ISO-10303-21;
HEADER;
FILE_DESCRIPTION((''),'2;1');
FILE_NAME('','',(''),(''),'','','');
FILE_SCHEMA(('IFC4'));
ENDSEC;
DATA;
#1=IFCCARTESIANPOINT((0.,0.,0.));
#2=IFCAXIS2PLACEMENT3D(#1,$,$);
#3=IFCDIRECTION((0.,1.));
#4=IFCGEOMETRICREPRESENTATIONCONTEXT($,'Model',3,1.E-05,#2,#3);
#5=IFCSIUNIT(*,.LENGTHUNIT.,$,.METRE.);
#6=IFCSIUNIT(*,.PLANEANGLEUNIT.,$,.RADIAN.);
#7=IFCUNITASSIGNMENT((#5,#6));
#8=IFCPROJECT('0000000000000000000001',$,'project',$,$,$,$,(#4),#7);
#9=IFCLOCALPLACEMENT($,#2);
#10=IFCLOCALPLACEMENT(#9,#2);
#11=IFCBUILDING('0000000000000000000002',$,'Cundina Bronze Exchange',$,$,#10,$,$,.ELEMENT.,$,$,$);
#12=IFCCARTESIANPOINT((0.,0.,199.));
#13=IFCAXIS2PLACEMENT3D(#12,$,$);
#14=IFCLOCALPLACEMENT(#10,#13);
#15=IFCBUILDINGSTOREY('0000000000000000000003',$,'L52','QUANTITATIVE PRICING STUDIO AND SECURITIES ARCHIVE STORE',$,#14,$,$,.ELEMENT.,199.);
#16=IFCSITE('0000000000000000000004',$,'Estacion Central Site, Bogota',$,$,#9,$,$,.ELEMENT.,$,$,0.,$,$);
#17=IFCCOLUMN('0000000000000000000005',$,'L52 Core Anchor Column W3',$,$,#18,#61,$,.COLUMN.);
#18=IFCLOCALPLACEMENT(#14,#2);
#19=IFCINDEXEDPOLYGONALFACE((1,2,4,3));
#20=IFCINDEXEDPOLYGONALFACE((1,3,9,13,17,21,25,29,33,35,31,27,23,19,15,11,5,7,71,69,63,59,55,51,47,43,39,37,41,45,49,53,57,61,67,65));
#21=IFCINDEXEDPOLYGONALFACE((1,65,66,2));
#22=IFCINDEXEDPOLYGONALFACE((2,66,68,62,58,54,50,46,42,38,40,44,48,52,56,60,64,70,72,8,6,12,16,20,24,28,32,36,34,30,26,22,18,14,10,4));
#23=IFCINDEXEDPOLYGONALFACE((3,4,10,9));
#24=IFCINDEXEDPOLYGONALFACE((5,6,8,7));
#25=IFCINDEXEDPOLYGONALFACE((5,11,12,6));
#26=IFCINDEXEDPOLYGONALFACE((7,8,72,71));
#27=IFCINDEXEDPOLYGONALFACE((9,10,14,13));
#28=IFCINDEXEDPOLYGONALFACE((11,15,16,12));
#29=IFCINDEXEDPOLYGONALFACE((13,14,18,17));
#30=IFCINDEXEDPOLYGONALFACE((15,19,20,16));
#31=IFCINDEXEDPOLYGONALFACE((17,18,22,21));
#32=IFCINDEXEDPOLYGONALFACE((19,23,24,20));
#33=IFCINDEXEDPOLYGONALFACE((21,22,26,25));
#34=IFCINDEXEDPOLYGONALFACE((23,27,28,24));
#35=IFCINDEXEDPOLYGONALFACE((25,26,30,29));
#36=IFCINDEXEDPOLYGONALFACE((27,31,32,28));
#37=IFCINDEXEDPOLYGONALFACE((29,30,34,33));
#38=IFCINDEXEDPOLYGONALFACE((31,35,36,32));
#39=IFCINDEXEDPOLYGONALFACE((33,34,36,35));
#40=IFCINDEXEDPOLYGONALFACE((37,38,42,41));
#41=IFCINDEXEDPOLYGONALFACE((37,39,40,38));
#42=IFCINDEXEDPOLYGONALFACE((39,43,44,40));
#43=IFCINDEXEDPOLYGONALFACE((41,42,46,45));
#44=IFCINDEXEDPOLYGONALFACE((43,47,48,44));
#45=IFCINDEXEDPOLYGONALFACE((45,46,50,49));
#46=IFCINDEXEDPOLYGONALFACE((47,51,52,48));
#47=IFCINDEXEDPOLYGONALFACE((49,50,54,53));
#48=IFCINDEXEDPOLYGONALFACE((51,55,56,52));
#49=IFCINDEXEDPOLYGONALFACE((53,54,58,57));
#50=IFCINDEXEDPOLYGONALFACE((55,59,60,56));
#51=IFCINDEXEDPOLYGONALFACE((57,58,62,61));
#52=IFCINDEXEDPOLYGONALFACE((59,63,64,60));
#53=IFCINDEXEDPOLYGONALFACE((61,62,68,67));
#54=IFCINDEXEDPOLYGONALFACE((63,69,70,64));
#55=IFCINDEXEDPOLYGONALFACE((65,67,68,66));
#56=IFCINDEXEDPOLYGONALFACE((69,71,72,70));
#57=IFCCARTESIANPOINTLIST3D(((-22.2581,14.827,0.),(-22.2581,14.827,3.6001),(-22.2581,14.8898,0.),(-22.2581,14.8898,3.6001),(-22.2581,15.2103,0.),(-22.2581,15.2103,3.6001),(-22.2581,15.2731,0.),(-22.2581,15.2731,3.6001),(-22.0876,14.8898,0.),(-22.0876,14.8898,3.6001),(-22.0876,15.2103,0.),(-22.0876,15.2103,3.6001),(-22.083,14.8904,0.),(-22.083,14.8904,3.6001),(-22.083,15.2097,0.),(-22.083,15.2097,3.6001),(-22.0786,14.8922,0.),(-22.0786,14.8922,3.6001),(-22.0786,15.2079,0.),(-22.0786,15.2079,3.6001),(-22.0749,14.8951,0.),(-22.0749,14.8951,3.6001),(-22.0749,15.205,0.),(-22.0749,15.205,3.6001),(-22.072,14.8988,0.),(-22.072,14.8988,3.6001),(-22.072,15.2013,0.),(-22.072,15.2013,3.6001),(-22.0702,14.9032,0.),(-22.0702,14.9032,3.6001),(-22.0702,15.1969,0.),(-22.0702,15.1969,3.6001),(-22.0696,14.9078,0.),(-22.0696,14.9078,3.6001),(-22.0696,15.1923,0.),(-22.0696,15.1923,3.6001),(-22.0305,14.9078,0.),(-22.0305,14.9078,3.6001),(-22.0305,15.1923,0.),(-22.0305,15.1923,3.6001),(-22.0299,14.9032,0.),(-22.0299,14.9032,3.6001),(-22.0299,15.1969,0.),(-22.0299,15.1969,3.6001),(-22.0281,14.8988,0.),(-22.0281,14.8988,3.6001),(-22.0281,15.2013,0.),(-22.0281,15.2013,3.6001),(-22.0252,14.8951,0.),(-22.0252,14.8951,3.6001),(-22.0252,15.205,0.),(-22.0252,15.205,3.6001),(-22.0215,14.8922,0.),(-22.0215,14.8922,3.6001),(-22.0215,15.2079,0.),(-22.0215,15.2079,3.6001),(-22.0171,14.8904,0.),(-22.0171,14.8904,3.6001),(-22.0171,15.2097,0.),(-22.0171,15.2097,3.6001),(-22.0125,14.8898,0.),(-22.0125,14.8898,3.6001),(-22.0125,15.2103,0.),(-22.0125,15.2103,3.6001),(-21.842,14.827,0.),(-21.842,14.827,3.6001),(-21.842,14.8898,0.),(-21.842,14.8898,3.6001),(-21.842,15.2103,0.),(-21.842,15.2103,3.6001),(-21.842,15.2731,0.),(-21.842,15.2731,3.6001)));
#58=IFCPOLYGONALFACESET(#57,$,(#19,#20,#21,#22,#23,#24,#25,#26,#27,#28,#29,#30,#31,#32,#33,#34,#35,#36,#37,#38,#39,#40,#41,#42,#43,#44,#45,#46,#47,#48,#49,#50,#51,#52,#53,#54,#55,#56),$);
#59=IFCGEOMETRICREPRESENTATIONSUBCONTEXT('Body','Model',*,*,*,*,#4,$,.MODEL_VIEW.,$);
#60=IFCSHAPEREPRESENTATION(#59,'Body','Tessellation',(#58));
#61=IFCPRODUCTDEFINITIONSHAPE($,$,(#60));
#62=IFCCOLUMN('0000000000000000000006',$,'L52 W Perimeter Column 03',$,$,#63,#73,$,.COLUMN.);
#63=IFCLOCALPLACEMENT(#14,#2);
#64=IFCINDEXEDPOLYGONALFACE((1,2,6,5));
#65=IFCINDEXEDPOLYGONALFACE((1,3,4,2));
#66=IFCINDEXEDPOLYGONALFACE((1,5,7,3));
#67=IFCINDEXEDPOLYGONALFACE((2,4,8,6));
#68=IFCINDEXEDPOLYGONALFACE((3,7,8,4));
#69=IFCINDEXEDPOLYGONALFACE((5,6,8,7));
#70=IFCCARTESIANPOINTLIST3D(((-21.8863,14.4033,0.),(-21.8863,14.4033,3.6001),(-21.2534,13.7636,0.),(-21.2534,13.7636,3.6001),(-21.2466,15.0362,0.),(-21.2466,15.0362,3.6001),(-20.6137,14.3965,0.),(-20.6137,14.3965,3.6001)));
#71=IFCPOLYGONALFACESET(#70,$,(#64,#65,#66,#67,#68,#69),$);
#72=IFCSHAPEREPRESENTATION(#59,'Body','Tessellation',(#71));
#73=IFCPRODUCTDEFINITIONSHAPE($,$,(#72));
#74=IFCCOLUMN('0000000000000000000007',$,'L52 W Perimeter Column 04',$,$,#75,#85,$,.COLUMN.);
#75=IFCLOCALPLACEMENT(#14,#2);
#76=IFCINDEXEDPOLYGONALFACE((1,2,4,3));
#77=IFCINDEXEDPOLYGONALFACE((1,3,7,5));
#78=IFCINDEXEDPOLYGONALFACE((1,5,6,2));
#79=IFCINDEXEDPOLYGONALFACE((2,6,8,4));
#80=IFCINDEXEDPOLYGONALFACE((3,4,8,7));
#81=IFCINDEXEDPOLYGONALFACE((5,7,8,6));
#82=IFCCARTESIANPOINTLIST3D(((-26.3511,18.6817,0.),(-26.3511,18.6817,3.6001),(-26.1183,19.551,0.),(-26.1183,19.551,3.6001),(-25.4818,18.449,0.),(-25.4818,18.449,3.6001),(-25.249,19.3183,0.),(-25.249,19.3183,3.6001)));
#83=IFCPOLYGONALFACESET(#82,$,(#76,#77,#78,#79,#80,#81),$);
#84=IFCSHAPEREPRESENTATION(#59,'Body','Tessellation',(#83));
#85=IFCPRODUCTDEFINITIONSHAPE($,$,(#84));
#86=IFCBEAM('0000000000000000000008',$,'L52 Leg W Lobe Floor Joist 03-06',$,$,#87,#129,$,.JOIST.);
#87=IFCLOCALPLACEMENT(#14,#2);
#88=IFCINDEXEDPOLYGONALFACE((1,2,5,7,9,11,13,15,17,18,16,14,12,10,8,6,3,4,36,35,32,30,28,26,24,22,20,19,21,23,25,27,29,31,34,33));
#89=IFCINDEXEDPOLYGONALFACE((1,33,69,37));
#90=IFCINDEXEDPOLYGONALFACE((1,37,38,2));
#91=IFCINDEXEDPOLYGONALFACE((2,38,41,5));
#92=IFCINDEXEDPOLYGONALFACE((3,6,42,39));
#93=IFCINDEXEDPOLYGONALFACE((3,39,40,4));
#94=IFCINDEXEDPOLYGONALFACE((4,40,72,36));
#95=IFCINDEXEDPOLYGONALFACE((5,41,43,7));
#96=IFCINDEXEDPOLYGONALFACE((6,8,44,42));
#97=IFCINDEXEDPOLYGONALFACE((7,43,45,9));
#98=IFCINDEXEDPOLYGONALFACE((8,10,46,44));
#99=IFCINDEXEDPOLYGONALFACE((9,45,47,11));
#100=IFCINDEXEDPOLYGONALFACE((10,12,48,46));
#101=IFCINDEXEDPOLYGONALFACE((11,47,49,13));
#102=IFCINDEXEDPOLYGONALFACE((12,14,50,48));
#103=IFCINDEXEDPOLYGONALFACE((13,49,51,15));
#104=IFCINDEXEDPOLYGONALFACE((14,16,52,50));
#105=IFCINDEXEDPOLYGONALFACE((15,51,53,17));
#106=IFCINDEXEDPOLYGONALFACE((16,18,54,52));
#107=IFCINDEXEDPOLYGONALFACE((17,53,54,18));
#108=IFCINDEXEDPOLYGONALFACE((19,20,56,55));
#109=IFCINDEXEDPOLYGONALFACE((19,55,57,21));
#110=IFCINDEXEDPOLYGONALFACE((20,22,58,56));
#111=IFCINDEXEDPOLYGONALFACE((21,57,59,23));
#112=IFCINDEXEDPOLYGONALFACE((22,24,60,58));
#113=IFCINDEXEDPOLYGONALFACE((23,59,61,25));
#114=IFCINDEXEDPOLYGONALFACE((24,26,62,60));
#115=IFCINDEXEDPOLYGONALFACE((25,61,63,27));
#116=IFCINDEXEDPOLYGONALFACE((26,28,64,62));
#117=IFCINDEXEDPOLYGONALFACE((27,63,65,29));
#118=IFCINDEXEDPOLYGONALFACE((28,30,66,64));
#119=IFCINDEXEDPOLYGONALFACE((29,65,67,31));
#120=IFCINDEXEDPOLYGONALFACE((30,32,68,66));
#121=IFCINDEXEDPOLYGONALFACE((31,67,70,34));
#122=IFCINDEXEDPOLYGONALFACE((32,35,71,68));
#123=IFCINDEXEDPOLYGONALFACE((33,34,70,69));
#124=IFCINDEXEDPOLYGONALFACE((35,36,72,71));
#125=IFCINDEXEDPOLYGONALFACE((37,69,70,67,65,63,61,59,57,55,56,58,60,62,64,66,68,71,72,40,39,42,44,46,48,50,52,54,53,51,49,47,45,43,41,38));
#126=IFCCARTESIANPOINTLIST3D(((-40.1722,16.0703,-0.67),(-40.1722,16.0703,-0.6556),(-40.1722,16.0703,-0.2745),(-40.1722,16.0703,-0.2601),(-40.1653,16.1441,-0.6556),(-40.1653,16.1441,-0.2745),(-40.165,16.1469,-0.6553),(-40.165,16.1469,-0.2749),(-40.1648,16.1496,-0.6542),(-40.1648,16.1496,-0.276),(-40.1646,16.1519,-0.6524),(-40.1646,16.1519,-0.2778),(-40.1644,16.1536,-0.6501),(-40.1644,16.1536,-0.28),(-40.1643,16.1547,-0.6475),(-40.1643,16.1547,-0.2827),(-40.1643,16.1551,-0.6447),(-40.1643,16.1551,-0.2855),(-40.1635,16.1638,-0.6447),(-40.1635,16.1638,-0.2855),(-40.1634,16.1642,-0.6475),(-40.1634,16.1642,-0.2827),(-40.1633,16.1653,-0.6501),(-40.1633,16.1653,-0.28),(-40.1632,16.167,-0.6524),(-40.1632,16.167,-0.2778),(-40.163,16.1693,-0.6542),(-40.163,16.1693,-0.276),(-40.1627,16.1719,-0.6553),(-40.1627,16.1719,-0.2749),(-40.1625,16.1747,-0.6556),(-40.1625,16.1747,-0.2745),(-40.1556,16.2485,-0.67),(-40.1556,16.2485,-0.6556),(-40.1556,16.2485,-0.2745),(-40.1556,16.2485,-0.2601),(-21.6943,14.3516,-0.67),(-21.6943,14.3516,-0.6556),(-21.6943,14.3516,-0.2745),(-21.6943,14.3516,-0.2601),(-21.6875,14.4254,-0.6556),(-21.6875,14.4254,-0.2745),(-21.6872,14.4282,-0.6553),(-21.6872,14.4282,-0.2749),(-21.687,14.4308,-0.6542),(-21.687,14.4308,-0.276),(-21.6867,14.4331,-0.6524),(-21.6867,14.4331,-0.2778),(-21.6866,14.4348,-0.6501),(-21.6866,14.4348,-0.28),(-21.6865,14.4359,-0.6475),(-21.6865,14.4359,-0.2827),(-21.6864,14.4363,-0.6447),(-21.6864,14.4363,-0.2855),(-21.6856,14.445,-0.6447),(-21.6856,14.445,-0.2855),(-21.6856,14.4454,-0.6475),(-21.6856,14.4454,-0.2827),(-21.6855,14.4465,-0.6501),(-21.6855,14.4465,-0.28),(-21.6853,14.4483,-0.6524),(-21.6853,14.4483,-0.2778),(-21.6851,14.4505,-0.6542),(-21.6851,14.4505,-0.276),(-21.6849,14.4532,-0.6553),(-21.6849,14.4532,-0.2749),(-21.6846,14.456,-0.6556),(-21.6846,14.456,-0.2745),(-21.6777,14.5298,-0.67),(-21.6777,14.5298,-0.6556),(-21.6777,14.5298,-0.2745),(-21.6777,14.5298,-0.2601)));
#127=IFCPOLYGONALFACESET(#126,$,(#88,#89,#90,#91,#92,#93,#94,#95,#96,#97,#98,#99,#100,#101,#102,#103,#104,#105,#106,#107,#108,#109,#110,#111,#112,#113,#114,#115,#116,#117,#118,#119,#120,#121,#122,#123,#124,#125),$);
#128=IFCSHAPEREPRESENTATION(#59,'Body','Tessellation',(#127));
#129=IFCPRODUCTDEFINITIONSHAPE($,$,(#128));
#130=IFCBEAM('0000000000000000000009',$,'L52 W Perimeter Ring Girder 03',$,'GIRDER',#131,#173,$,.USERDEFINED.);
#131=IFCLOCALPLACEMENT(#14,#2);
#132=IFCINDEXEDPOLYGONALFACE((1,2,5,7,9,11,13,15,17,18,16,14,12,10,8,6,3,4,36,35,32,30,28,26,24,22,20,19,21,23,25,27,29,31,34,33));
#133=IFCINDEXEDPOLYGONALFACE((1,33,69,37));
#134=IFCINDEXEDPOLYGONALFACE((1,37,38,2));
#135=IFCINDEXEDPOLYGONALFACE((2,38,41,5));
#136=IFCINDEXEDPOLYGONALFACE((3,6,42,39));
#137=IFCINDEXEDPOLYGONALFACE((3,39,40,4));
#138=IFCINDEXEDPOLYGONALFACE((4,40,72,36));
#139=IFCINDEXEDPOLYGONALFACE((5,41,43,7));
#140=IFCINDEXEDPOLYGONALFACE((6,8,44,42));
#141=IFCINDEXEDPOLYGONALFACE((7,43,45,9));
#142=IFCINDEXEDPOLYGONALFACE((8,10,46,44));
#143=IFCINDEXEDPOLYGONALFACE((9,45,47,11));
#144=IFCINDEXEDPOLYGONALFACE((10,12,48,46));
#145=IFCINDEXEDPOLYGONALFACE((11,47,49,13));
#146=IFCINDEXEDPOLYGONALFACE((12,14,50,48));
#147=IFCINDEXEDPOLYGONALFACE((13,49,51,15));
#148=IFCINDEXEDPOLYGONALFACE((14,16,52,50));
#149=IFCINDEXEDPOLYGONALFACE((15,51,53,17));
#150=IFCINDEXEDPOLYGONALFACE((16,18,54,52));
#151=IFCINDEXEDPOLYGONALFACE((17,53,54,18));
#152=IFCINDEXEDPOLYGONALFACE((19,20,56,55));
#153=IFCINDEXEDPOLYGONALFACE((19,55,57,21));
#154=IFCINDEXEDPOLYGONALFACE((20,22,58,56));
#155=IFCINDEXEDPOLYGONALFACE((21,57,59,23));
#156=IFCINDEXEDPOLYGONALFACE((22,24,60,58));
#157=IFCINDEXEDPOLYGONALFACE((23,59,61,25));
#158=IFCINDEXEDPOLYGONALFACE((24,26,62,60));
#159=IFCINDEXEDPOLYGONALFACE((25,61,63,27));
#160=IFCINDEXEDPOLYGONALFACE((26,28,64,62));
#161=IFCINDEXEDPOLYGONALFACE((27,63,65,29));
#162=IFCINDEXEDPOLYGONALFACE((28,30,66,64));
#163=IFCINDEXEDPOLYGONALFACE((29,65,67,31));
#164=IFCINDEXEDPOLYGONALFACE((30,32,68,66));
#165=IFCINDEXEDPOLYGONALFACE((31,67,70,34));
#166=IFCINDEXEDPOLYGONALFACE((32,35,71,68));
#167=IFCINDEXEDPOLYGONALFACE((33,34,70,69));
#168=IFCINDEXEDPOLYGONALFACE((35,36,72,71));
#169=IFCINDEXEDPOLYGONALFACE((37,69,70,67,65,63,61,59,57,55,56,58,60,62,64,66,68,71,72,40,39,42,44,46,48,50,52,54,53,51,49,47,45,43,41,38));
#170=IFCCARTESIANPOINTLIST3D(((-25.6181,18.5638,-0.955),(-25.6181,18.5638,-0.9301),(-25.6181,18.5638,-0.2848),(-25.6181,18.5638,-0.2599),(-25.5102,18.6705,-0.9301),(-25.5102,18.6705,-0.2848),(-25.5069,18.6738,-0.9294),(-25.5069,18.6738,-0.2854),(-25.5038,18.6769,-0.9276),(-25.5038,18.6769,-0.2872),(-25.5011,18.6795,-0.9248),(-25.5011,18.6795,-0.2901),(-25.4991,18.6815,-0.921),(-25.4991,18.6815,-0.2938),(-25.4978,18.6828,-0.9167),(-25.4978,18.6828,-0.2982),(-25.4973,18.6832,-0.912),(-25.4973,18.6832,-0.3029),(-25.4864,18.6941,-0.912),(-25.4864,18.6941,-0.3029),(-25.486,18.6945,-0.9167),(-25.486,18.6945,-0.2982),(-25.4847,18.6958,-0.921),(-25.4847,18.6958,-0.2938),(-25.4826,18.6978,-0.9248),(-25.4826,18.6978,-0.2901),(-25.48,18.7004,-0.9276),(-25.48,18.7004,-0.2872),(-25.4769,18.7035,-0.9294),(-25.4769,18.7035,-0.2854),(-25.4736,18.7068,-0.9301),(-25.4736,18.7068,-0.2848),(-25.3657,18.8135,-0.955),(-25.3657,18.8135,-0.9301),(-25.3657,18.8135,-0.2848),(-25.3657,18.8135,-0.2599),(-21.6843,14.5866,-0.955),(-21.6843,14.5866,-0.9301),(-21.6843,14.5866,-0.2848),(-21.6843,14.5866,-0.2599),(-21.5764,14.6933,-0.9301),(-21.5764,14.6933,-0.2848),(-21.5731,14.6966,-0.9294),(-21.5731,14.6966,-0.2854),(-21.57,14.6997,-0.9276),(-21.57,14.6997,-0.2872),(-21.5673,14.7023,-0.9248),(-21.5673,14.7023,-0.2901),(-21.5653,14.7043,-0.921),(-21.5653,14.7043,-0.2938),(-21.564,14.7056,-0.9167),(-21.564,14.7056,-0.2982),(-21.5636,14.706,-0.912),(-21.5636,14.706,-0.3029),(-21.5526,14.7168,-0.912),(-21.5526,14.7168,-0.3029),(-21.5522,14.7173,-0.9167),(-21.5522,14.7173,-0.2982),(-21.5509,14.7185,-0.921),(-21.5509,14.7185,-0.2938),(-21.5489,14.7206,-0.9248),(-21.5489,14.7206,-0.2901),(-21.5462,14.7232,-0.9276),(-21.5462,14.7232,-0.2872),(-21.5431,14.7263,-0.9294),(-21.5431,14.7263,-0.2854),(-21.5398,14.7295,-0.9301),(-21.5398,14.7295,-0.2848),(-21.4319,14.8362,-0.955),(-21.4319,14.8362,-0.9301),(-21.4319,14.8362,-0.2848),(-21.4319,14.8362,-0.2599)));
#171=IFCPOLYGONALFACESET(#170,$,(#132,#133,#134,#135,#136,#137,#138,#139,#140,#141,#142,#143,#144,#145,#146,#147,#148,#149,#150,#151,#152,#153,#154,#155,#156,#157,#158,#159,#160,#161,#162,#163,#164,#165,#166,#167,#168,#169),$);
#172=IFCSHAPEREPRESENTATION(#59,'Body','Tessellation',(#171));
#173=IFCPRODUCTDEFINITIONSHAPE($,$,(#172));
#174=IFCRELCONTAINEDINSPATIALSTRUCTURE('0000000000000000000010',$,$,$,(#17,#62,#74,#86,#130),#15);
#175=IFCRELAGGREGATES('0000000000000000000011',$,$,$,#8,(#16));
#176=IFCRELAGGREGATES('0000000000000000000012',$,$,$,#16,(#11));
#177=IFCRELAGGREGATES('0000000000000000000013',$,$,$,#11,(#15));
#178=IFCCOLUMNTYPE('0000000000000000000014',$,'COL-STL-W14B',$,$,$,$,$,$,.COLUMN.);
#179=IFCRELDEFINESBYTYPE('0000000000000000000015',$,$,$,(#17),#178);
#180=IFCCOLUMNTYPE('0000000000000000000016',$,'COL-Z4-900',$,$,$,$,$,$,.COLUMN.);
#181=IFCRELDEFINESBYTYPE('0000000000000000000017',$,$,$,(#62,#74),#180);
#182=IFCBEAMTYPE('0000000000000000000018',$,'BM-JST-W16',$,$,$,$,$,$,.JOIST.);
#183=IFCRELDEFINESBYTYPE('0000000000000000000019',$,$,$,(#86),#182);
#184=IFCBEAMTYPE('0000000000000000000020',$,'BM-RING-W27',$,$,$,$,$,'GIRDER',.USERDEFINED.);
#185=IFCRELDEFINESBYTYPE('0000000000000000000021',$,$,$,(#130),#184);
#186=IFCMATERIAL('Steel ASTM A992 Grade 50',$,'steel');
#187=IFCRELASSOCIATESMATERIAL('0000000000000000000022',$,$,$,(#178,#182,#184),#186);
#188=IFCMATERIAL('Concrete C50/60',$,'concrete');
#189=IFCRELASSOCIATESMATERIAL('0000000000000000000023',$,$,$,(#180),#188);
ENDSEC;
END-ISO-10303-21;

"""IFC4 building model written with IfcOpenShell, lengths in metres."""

from ifc_helpers import new_model, si_unit, direction, frame, origin, origin_2d, place, context, subcontext, project, spatial, rectangle, i_section, extrude, material, material_profile, profile_set, type_object, element, save


model = new_model("IFC4")

# Units and contexts
model_context = context("Model", 3, precision=1e-05, world=origin(), true_north=direction((0.0, 1.0)))
body_context = subcontext(model_context, "Body", "Model", "MODEL_VIEW")
ifc_project = project(units=[si_unit("LENGTHUNIT", "METRE"), si_unit("PLANEANGLEUNIT", "RADIAN")], contexts=[model_context])

# Site, building, storey
site_placement = place(None, origin())
site = spatial("IfcSite", under=ifc_project, at=site_placement, Name="Estacion Central Site, Bogota", CompositionType="ELEMENT", RefElevation=0.0)
building_placement = place(site_placement, origin())
building = spatial("IfcBuilding", under=site, at=building_placement, Name="Cundina Bronze Exchange", CompositionType="ELEMENT")
storey_placement = place(building_placement, frame((0.0, 0.0, 199.0)))
storey = spatial("IfcBuildingStorey", under=building, at=storey_placement, Name="L52", Description="QUANTITATIVE PRICING STUDIO AND SECURITIES ARCHIVE STORE", CompositionType="ELEMENT", Elevation=199.0)

# Columns
ifc_material_1 = material(Name="Steel ASTM A992 Grade 50", Category="steel")
ifc_material_profile_1 = material_profile(ifc_material_1, i_section(OverallWidth=0.416, OverallDepth=0.446, WebThickness=0.0391, FlangeThickness=0.0627, FilletRadius=0.0181, at=origin_2d()), Name="W14X342", Category="steel")
ifc_profile_set_1 = profile_set([ifc_material_profile_1], Name="Steel ASTM A992 Grade 50")
column_type_1 = type_object("IfcColumnType", Name="COL-STL-W14B", PredefinedType="COLUMN", material=ifc_profile_set_1)
column_placement = place(storey_placement, frame((-22.05, 15.05, 0.0), z_axis=(0.0, 0.0, 1.0), x_axis=(1.0, 0.0, 0.0)))
element("IfcColumn", 1, at=column_placement, inside=storey, type_object=column_type_1, Name="L52 Core Anchor Column W3", PredefinedType="COLUMN", context=body_context, shape_type="SweptSolid", body=[
    extrude(i_section(OverallWidth=0.416, OverallDepth=0.446, WebThickness=0.0391, FlangeThickness=0.0627, FilletRadius=0.0181, at=origin_2d()), origin(), (0.0, 0.0, 1.0), 3.6001),
])
ifc_material_2 = material(Name="Concrete C50/60", Category="concrete")
ifc_material_profile_2 = material_profile(ifc_material_2, rectangle(XDim=0.8999, YDim=0.8999, at=origin_2d()), Name="RC900X900", Category="concrete")
ifc_profile_set_2 = profile_set([ifc_material_profile_2], Name="Concrete C50/60")
column_type_2 = type_object("IfcColumnType", Name="COL-Z4-900", PredefinedType="COLUMN", material=ifc_profile_set_2)
for number, where, z_axis, x_axis, name in (
    (2, (-21.25, 14.3999, 0.0), (0.0, 0.0, 1.0), (-0.703271, 0.710922, 0.0), "L52 W Perimeter Column 03"),
    (3, (-25.8, 19.0, 0.0), (0.0, 0.0, 1.0), (-0.965971, 0.25865, 0.0), "L52 W Perimeter Column 04"),
):
    element("IfcColumn", number, at=place(storey_placement, frame(where, z_axis=z_axis, x_axis=x_axis)), inside=storey, type_object=column_type_2, Name=name, PredefinedType="COLUMN", context=body_context, shape_type="SweptSolid", body=[
        extrude(rectangle(XDim=0.8999, YDim=0.8999, at=origin_2d()), origin(), (0.0, 0.0, 1.0), 3.6001),
    ])

# Beams
ifc_material_profile_3 = material_profile(ifc_material_1, i_section(OverallWidth=0.179, OverallDepth=0.4099, WebThickness=0.0088, FlangeThickness=0.0144, FilletRadius=0.011, at=origin_2d()), Name="W16X45", Category="steel")
ifc_profile_set_3 = profile_set([ifc_material_profile_3], Name="Steel ASTM A992 Grade 50")
beam_type_1 = type_object("IfcBeamType", Name="BM-JST-W16", PredefinedType="JOIST", material=ifc_profile_set_3)
beam_1_placement = place(storey_placement, frame((-21.686, 14.4407, -0.4651), z_axis=(-0.995702, 0.092617, 0.0), x_axis=(-0.092617, -0.995702, 0.0)))
element("IfcBeam", 4, at=beam_1_placement, inside=storey, type_object=beam_type_1, Name="L52 Leg W Lobe Floor Joist 03-06", PredefinedType="JOIST", context=body_context, shape_type="SweptSolid", body=[
    extrude(i_section(OverallWidth=0.179, OverallDepth=0.4099, WebThickness=0.0088, FlangeThickness=0.0144, FilletRadius=0.011, at=origin_2d()), origin(), (0.0, 0.0, 1.0), 18.5576),
])
ifc_material_profile_4 = material_profile(ifc_material_1, i_section(OverallWidth=0.355, OverallDepth=0.6951, WebThickness=0.0154, FlangeThickness=0.0249, FilletRadius=0.0181, at=origin_2d()), Name="W27X146", Category="steel")
ifc_profile_set_4 = profile_set([ifc_material_profile_4], Name="Steel ASTM A992 Grade 50")
beam_type_2 = type_object("IfcBeamType", Name="BM-RING-W27", ElementType="GIRDER", PredefinedType="USERDEFINED", material=ifc_profile_set_4)
beam_2_placement = place(storey_placement, frame((-21.5581, 14.7114, -0.6074), z_axis=(-0.703212, 0.71098, 0.0), x_axis=(-0.71098, -0.703212, 0.0)))
element("IfcBeam", 5, at=beam_2_placement, inside=storey, type_object=beam_type_2, Name="L52 W Perimeter Ring Girder 03", ObjectType="GIRDER", PredefinedType="USERDEFINED", context=body_context, shape_type="SweptSolid", body=[
    extrude(i_section(OverallWidth=0.355, OverallDepth=0.6951, WebThickness=0.0154, FlangeThickness=0.0249, FilletRadius=0.0181, at=origin_2d()), origin(), (0.0, 0.0, 1.0), 5.594),
])

save(model, "model.ifc")
